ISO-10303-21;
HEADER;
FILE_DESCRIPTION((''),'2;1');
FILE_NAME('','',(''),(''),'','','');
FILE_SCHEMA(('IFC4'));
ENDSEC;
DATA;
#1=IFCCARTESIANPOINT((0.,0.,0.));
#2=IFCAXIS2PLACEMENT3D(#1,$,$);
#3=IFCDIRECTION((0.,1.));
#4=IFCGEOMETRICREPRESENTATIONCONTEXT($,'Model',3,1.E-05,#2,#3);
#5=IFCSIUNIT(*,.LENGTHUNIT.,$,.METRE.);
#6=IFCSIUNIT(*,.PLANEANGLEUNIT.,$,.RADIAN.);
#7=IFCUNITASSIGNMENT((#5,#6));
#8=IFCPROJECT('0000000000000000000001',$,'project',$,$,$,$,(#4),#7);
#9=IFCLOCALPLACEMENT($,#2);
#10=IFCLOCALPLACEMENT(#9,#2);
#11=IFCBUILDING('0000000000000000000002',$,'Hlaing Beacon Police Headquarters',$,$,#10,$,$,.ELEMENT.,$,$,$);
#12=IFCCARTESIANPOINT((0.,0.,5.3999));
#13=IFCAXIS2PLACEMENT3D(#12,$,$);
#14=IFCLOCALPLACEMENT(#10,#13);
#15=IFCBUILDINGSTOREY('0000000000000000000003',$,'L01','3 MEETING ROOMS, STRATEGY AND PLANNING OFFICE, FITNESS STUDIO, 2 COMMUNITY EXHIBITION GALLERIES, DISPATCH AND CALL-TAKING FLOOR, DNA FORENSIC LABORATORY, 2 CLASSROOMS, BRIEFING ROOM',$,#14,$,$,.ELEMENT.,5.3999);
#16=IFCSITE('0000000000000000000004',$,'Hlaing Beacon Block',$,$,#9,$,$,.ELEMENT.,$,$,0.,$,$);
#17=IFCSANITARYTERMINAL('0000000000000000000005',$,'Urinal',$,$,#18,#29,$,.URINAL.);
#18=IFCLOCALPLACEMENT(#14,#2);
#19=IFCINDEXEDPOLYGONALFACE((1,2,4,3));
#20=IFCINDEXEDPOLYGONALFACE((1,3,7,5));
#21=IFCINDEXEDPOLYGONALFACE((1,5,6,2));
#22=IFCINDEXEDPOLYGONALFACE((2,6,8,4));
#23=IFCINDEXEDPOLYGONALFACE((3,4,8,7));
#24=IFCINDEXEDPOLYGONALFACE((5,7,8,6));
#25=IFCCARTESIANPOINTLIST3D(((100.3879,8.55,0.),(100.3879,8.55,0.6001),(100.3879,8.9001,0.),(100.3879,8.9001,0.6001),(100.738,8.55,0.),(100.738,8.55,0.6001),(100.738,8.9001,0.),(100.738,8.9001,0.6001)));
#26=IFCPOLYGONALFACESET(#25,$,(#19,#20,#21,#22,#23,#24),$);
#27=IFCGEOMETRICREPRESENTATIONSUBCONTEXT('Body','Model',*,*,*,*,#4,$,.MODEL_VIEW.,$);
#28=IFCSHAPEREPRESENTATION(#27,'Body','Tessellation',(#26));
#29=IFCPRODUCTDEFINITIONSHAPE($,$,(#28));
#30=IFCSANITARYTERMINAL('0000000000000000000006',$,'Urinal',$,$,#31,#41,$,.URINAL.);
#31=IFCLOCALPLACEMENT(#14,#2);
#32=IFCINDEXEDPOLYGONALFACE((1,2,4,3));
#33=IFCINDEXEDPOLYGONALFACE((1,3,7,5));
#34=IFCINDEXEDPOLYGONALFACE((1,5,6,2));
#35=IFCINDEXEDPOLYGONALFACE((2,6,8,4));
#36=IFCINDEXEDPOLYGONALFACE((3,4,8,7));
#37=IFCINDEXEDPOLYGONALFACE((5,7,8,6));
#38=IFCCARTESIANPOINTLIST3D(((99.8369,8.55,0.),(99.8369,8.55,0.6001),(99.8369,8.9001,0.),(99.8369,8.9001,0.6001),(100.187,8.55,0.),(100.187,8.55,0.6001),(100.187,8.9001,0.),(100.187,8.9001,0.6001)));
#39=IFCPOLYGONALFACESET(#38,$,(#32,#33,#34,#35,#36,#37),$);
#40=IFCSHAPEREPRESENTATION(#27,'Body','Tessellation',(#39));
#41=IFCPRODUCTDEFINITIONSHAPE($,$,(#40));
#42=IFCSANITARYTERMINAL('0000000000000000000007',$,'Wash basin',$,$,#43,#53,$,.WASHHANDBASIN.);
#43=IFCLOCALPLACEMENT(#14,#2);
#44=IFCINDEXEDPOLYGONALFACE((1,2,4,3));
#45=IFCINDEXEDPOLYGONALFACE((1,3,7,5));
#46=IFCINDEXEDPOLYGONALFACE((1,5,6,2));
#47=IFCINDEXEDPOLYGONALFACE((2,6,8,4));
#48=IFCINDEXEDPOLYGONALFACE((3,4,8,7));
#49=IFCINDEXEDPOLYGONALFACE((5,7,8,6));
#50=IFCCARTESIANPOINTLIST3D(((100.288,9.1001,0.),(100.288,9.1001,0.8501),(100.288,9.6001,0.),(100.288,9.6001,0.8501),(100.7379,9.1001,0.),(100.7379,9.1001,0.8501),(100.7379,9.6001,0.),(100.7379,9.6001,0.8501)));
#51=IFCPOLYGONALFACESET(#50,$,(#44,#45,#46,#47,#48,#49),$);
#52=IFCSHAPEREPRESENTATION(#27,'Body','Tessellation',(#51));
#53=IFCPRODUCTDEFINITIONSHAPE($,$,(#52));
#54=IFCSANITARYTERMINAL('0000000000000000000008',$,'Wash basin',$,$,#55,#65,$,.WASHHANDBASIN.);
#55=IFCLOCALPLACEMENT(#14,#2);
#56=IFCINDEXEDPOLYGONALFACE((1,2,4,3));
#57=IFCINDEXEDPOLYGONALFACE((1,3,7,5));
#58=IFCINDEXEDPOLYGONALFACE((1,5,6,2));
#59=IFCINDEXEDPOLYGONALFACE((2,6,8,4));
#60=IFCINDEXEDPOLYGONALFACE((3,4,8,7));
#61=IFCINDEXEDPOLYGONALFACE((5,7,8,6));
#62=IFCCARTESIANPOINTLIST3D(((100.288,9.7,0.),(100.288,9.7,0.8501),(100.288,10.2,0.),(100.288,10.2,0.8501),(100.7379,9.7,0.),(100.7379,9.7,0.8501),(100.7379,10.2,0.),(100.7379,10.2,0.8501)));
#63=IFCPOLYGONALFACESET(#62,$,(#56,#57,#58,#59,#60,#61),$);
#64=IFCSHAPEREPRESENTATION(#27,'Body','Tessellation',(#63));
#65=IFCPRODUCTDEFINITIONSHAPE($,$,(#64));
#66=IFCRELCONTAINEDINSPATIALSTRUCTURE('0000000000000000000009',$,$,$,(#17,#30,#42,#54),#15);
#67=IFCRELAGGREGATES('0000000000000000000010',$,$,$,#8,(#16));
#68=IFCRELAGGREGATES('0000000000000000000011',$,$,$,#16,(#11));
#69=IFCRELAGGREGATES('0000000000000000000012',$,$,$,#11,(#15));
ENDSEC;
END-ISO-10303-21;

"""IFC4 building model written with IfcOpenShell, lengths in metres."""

from ifc_helpers import new_model, si_unit, direction, frame, origin, origin_2d, place, context, subcontext, project, spatial, rectangle, extrude, element, save


model = new_model("IFC4")

# Units and contexts
model_context = context("Model", 3, precision=1e-05, world=origin(), true_north=direction((0.0, 1.0)))
body_context = subcontext(model_context, "Body", "Model", "MODEL_VIEW")
ifc_project = project(units=[si_unit("LENGTHUNIT", "METRE"), si_unit("PLANEANGLEUNIT", "RADIAN")], contexts=[model_context])

# Site, building, storey
site_placement = place(None, origin())
site = spatial("IfcSite", under=ifc_project, at=site_placement, Name="Hlaing Beacon Block", CompositionType="ELEMENT", RefElevation=0.0)
building_placement = place(site_placement, origin())
building = spatial("IfcBuilding", under=site, at=building_placement, Name="Hlaing Beacon Police Headquarters", CompositionType="ELEMENT")
storey_placement = place(building_placement, frame((0.0, 0.0, 5.3999)))
storey = spatial("IfcBuildingStorey", under=building, at=storey_placement, Name="L01", Description="3 MEETING ROOMS, STRATEGY AND PLANNING OFFICE, FITNESS STUDIO, 2 COMMUNITY EXHIBITION GALLERIES, DISPATCH AND CALL-TAKING FLOOR, DNA FORENSIC LABORATORY, 2 CLASSROOMS, BRIEFING ROOM", CompositionType="ELEMENT", Elevation=5.3999)

# Sanitary terminals
for number, where, z_axis, x_axis, name in (
    (1, (100.563, 8.7251, 0.0), (0.0, 0.0, 1.0), (1.0, 0.0, 0.0), "Urinal"),
    (2, (100.012, 8.7251, 0.0), (0.0, 0.0, 1.0), (1.0, 0.0, 0.0), "Urinal"),
):
    element("IfcSanitaryTerminal", number, at=place(storey_placement, frame(where, z_axis=z_axis, x_axis=x_axis)), inside=storey, Name=name, PredefinedType="URINAL", context=body_context, shape_type="SweptSolid", body=[
        extrude(rectangle(XDim=0.3501, YDim=0.3501, at=origin_2d()), origin(), (0.0, 0.0, 1.0), 0.6001),
    ])
for number, where, z_axis, x_axis, name in (
    (3, (100.5129, 9.3501, 0.0), (0.0, 0.0, 1.0), (1.0, 0.0, 0.0), "Wash basin"),
    (4, (100.5129, 9.95, 0.0), (0.0, 0.0, 1.0), (1.0, 0.0, 0.0), "Wash basin"),
):
    element("IfcSanitaryTerminal", number, at=place(storey_placement, frame(where, z_axis=z_axis, x_axis=x_axis)), inside=storey, Name=name, PredefinedType="WASHHANDBASIN", context=body_context, shape_type="SweptSolid", body=[
        extrude(rectangle(XDim=0.45, YDim=0.5, at=origin_2d()), origin(), (0.0, 0.0, 1.0), 0.8501),
    ])

save(model, "model.ifc")
